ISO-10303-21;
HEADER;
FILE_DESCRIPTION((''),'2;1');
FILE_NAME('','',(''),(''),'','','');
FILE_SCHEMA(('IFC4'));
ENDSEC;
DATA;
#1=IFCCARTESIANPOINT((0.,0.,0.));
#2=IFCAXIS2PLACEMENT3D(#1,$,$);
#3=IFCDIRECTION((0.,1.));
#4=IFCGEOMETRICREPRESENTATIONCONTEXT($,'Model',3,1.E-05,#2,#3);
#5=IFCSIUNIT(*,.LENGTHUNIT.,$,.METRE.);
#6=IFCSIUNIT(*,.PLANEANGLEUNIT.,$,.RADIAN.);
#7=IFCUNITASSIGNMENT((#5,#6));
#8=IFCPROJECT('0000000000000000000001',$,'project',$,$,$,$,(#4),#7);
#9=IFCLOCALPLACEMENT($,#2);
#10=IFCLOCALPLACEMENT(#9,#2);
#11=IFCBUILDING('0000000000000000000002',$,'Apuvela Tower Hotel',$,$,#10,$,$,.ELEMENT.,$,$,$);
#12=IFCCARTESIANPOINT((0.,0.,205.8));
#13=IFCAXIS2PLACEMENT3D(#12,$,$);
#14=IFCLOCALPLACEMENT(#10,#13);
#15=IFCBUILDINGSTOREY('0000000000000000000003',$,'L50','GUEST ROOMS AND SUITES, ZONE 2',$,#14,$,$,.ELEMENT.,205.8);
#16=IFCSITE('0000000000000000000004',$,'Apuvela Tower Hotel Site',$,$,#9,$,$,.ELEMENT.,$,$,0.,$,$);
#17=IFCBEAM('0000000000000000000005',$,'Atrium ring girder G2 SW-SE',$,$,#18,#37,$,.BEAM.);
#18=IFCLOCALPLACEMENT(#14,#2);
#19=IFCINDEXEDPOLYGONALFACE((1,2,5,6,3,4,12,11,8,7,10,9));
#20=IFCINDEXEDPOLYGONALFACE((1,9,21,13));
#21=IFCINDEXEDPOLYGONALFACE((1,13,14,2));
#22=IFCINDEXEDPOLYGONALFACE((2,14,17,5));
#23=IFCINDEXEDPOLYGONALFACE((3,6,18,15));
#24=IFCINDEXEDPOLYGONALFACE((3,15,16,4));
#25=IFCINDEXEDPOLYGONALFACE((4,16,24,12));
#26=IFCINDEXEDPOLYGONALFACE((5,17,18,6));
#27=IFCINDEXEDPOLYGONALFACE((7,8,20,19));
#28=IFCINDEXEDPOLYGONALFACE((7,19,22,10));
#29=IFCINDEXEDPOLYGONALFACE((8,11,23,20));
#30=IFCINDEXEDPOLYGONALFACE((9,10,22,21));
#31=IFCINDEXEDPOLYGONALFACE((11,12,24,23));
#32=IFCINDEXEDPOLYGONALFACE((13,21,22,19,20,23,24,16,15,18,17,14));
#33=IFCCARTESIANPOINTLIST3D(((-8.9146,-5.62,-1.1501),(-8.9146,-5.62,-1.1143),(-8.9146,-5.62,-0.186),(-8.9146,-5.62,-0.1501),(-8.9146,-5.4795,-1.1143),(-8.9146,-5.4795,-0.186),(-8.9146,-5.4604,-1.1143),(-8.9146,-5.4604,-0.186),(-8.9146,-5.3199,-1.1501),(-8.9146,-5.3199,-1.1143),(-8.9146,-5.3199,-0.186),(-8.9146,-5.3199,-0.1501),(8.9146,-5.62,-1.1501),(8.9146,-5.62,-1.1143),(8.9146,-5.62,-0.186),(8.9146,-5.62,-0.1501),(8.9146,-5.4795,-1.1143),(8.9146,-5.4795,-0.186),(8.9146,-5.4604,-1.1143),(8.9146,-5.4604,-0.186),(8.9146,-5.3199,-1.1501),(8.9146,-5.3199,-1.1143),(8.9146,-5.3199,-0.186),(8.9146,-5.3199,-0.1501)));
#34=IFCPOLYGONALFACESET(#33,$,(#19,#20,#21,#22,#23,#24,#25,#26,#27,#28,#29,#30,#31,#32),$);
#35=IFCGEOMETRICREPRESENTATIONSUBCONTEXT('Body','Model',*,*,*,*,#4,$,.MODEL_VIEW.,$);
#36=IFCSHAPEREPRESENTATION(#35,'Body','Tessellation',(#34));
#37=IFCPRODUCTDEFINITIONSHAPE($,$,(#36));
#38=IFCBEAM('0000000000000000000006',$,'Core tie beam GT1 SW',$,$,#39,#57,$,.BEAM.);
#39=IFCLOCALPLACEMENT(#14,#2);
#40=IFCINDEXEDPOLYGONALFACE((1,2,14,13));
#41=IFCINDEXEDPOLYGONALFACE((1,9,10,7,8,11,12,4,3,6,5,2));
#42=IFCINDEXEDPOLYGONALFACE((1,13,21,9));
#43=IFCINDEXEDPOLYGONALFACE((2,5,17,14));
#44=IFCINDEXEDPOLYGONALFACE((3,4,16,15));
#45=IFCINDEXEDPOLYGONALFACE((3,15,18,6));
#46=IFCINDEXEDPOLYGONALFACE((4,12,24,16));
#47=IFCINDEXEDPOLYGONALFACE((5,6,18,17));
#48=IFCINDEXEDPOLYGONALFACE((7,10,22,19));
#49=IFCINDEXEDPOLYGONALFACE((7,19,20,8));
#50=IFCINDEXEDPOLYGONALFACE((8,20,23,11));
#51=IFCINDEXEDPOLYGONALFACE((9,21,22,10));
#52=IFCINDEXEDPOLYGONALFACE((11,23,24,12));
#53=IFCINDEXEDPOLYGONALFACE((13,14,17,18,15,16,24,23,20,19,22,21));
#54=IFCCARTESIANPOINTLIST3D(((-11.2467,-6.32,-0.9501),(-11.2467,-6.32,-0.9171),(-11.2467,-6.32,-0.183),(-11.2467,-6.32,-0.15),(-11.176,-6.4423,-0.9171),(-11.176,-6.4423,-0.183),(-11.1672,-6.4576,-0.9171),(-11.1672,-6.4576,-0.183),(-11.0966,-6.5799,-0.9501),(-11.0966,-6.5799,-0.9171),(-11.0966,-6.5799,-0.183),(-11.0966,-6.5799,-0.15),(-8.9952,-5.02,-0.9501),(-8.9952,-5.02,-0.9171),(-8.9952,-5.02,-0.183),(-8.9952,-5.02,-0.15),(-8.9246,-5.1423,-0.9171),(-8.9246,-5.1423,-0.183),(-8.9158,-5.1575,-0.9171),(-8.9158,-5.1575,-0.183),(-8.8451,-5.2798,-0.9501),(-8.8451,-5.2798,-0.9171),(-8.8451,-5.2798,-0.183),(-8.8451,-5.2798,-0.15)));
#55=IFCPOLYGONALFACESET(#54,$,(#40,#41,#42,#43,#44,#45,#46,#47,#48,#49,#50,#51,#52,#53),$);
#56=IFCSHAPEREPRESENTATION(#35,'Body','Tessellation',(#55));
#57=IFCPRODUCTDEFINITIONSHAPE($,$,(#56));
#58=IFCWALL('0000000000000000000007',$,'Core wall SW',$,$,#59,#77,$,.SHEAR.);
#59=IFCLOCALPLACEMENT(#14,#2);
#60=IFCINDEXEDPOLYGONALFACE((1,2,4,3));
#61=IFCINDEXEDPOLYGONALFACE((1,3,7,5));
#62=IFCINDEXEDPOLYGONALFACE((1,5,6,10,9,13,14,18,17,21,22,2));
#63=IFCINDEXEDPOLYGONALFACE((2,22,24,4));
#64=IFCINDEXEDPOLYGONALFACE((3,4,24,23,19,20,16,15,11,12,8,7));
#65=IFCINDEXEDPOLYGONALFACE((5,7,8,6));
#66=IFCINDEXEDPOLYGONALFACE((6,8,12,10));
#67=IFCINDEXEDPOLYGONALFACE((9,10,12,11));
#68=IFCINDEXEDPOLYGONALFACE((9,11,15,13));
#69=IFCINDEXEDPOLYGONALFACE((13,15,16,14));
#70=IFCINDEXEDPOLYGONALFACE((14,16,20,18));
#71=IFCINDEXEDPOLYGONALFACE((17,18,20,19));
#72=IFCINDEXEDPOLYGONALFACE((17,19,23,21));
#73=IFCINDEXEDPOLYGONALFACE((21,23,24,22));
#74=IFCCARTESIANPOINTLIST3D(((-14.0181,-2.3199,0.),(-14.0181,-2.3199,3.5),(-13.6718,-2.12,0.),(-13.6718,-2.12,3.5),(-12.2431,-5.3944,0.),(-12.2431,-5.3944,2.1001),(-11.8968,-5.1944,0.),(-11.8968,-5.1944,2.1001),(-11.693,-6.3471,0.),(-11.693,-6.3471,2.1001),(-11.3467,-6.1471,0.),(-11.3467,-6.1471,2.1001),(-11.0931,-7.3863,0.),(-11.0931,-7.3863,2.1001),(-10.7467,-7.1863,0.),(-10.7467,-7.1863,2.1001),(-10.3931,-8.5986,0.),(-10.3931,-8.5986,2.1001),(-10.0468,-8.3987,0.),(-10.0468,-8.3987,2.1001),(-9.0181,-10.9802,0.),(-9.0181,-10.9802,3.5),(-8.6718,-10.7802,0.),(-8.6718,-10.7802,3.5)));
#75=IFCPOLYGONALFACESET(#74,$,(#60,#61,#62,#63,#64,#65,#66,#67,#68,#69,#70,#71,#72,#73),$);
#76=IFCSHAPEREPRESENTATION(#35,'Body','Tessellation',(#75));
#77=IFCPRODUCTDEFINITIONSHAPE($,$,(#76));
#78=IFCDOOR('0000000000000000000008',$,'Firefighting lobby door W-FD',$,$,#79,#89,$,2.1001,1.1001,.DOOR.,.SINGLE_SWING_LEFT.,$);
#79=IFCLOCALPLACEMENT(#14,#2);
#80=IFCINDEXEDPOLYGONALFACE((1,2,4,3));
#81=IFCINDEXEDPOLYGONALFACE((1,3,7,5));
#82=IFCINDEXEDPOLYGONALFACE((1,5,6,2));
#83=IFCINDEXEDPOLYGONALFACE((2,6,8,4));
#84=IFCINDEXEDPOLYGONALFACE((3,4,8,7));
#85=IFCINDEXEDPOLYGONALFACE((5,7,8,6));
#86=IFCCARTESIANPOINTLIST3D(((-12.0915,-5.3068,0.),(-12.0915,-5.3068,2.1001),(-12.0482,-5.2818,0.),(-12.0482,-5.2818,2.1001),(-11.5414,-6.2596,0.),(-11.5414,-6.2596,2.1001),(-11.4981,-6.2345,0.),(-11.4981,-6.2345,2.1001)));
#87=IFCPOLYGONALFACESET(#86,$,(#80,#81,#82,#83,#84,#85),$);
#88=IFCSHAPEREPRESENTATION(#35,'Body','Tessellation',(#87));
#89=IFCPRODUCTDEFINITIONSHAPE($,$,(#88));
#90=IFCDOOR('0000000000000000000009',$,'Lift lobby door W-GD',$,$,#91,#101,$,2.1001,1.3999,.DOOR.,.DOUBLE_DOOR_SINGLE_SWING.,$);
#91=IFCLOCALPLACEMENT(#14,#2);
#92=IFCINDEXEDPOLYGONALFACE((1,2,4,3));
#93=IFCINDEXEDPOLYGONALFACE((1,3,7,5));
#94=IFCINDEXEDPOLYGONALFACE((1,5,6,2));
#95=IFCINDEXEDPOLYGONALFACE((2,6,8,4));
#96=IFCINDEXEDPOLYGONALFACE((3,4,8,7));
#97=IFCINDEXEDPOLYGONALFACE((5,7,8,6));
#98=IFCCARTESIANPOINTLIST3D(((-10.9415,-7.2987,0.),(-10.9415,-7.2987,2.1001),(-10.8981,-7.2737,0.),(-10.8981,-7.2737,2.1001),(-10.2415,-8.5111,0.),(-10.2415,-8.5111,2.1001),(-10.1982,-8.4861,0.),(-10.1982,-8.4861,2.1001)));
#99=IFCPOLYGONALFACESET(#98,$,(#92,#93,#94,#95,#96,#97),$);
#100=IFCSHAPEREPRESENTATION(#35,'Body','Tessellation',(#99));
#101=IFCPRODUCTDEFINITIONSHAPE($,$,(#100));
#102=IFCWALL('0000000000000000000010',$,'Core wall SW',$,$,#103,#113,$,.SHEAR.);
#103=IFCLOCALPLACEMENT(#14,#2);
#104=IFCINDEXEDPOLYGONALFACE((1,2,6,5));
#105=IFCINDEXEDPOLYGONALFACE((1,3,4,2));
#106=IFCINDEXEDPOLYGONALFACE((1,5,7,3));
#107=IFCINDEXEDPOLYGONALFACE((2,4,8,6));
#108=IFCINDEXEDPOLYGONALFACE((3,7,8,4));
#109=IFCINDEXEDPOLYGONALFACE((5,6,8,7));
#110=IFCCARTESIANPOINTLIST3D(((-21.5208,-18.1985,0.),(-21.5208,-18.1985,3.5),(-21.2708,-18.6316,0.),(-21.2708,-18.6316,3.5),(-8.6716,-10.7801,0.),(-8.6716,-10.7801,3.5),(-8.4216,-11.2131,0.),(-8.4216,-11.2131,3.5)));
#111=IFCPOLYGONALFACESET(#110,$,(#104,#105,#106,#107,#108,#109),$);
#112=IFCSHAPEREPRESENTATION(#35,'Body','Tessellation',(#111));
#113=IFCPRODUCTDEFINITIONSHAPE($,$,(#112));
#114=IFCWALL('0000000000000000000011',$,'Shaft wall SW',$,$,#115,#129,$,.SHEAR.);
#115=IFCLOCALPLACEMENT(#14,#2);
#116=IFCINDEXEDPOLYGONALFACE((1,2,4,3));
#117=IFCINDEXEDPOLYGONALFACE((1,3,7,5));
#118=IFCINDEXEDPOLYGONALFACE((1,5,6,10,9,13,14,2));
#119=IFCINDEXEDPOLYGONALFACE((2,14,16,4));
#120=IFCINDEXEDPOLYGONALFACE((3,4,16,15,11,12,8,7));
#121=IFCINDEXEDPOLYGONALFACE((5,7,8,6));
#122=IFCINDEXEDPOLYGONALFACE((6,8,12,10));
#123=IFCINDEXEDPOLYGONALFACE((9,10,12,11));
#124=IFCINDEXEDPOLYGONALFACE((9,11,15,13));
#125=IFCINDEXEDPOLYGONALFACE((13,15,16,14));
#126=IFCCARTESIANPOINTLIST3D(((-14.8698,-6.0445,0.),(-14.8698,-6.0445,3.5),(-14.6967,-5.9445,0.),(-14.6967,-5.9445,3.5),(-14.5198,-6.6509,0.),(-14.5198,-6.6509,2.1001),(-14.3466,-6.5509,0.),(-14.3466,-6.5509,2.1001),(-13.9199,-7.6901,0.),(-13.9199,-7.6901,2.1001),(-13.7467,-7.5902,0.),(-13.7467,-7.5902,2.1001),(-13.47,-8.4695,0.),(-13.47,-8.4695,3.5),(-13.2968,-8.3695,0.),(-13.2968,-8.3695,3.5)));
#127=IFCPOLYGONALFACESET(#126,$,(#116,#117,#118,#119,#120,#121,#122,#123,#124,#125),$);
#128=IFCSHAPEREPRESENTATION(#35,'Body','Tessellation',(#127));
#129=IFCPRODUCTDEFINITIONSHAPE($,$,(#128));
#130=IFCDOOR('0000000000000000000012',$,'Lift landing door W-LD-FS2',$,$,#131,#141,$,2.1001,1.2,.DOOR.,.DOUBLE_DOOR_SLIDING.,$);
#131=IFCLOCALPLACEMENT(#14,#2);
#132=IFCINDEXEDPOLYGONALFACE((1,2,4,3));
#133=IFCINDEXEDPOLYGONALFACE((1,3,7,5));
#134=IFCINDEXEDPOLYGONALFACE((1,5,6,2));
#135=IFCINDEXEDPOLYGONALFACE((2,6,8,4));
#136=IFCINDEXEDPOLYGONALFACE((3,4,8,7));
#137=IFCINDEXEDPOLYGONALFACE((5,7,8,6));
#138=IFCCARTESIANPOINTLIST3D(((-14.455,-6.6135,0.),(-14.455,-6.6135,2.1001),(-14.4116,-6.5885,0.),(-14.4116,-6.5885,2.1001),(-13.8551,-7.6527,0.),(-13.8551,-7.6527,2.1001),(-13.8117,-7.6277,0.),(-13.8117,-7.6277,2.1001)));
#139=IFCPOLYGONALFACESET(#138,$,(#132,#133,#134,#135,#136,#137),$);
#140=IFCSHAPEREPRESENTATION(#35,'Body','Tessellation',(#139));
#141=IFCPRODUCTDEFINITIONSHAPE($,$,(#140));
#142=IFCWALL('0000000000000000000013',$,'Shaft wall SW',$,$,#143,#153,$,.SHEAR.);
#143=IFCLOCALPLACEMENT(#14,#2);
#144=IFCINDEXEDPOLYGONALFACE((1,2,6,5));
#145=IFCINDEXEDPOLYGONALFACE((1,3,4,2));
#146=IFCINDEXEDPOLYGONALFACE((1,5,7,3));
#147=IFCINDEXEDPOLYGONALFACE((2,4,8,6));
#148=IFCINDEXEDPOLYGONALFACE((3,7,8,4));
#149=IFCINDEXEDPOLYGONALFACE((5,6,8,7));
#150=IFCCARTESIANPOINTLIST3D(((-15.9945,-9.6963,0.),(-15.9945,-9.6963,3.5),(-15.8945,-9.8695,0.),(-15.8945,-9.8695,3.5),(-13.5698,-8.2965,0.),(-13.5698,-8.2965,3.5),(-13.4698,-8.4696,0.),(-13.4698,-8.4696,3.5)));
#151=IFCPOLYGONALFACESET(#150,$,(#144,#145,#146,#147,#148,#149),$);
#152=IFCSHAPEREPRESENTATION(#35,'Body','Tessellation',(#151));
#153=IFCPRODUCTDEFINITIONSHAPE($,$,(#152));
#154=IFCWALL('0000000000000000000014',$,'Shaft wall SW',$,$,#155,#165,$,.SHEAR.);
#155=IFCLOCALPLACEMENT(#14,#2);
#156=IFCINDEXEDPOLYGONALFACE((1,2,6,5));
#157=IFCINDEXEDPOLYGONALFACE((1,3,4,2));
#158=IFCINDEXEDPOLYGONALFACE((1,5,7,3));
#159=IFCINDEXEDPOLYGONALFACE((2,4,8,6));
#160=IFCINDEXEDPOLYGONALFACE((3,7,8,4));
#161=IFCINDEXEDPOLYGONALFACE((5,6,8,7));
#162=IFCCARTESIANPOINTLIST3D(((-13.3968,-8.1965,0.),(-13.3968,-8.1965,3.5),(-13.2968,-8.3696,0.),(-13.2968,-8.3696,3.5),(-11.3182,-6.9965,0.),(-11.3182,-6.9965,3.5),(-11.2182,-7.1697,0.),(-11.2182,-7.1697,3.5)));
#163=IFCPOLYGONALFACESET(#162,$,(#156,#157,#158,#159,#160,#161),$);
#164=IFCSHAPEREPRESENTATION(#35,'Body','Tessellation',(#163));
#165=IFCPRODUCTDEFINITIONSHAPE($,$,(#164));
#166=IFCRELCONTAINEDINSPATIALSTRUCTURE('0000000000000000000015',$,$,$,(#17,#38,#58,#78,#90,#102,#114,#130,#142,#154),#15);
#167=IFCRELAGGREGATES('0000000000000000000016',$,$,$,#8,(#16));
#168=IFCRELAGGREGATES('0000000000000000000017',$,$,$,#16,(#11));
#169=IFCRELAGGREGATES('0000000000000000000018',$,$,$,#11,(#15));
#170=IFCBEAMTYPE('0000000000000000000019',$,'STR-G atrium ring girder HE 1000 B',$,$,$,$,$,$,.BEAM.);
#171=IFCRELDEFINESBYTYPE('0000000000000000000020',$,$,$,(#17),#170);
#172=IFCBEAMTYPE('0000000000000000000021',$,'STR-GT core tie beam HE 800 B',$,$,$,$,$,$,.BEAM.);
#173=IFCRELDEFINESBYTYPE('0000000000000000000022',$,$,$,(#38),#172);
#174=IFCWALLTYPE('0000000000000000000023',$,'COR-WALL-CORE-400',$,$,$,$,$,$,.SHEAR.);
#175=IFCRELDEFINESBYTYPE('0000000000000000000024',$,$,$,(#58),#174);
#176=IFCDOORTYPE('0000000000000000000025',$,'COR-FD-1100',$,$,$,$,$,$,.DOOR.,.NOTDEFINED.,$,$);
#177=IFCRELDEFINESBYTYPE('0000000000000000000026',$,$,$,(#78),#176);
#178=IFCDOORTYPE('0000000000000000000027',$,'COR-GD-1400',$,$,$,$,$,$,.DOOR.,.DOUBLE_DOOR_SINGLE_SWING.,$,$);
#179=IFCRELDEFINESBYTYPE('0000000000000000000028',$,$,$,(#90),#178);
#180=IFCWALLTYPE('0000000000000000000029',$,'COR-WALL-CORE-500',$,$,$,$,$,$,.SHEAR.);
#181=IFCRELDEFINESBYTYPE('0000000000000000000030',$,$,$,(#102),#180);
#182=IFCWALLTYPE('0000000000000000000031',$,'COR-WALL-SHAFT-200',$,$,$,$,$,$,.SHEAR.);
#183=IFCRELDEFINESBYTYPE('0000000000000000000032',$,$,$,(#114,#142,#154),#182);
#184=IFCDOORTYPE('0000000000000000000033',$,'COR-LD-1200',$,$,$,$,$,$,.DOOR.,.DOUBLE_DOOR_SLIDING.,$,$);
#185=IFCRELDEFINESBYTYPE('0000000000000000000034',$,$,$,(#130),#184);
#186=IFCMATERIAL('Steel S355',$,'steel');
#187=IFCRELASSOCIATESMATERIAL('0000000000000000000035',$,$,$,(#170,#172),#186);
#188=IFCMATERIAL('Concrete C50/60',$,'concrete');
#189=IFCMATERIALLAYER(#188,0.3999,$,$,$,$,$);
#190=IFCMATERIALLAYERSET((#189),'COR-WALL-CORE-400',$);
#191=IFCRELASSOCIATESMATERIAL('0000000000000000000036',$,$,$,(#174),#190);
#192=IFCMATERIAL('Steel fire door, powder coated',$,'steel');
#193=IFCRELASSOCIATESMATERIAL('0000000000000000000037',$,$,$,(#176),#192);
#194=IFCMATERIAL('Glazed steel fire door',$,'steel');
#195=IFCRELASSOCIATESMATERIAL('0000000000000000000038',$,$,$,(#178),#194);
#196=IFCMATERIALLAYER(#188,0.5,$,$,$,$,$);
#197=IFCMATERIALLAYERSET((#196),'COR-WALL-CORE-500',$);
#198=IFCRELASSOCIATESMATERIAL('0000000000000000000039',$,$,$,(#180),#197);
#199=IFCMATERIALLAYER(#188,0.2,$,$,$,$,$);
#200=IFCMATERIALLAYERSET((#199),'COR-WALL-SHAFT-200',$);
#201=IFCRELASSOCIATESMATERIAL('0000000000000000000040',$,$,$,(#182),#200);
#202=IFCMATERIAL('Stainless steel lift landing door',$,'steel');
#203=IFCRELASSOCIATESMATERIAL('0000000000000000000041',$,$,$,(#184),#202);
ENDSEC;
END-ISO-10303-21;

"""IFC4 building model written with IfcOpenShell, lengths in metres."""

from ifc_helpers import new_model, si_unit, direction, frame, frame_2d, origin, origin_2d, place, context, subcontext, project, spatial, rectangle, i_section, extrude, material, layer, layer_set, material_profile, profile_set, type_object, element, fill, save


model = new_model("IFC4")

# Units and contexts
model_context = context("Model", 3, precision=1e-05, world=origin(), true_north=direction((0.0, 1.0)))
body_context = subcontext(model_context, "Body", "Model", "MODEL_VIEW")
ifc_project = project(units=[si_unit("LENGTHUNIT", "METRE"), si_unit("PLANEANGLEUNIT", "RADIAN")], contexts=[model_context])

# Site, building, storey
site_placement = place(None, origin())
site = spatial("IfcSite", under=ifc_project, at=site_placement, Name="Apuvela Tower Hotel Site", CompositionType="ELEMENT", RefElevation=0.0)
building_placement = place(site_placement, origin())
building = spatial("IfcBuilding", under=site, at=building_placement, Name="Apuvela Tower Hotel", CompositionType="ELEMENT")
storey_placement = place(building_placement, frame((0.0, 0.0, 205.8)))
storey = spatial("IfcBuildingStorey", under=building, at=storey_placement, Name="L50", Description="GUEST ROOMS AND SUITES, ZONE 2", CompositionType="ELEMENT", Elevation=205.8)

# Beams
ifc_material_1 = material(Name="Steel S355", Category="steel")
ifc_material_profile_1 = material_profile(ifc_material_1, i_section(OverallWidth=0.3, OverallDepth=1.0, WebThickness=0.019, FlangeThickness=0.0359, at=origin_2d()), Name="HE 1000 B")
ifc_profile_set_1 = profile_set([ifc_material_profile_1], Name="Steel S355")
beam_type_1 = type_object("IfcBeamType", Name="STR-G atrium ring girder HE 1000 B", PredefinedType="BEAM", material=ifc_profile_set_1)
beam_1_placement = place(storey_placement, frame((-8.9146, -5.47, -0.6501), z_axis=(1.0, 0.0, 0.0), x_axis=(0.0, 1.0, 0.0)))
element("IfcBeam", 1, at=beam_1_placement, inside=storey, type_object=beam_type_1, Name="Atrium ring girder G2 SW-SE", PredefinedType="BEAM", context=body_context, shape_type="SweptSolid", body=[
    extrude(i_section(OverallWidth=0.3, OverallDepth=1.0, WebThickness=0.019, FlangeThickness=0.0359, at=origin_2d()), origin(), (0.0, 0.0, 1.0), 17.8291),
])
ifc_material_profile_2 = material_profile(ifc_material_1, i_section(OverallWidth=0.3, OverallDepth=0.8, WebThickness=0.0176, FlangeThickness=0.033, at=origin_2d()), Name="HE 800 B")
ifc_profile_set_2 = profile_set([ifc_material_profile_2], Name="Steel S355")
beam_type_2 = type_object("IfcBeamType", Name="STR-GT core tie beam HE 800 B", PredefinedType="BEAM", material=ifc_profile_set_2)
beam_2_placement = place(storey_placement, frame((-11.1716, -6.45, -0.55), z_axis=(0.865998, 0.500048, 0.0), x_axis=(-0.500048, 0.865998, 0.0)))
element("IfcBeam", 2, at=beam_2_placement, inside=storey, type_object=beam_type_2, Name="Core tie beam GT1 SW", PredefinedType="BEAM", context=body_context, shape_type="SweptSolid", body=[
    extrude(i_section(OverallWidth=0.3, OverallDepth=0.8, WebThickness=0.0176, FlangeThickness=0.033, at=origin_2d()), origin(), (0.0, 0.0, 1.0), 2.5999),
])

# Wall, openings, doors
ifc_material_2 = material(Name="Concrete C50/60", Category="concrete")
ifc_layer_1 = layer(ifc_material_2, 0.3999)
ifc_layer_set_1 = layer_set([ifc_layer_1], Name="COR-WALL-CORE-400")
wall_type_1 = type_object("IfcWallType", Name="COR-WALL-CORE-400", PredefinedType="SHEAR", material=ifc_layer_set_1)
wall_1_placement = place(storey_placement, frame((-13.845, -2.22, 0.0), z_axis=(0.0, 0.0, 1.0), x_axis=(0.500004, -0.866023, 0.0)))
wall_1 = element("IfcWall", 3, at=wall_1_placement, inside=storey, type_object=wall_type_1, Name="Core wall SW", PredefinedType="SHEAR", context=body_context, shape_type="SweptSolid", body=[
    extrude(rectangle(XDim=10.0, YDim=0.3999, at=frame_2d((5.0, 0.0))), origin(), (0.0, 0.0, 1.0), 3.5),
])
opening_1_placement = place(wall_1_placement, frame((3.55, 0.0, 0.0)))
opening_1 = element("IfcOpeningElement", 4, at=opening_1_placement, cuts=wall_1, PredefinedType="OPENING", context=body_context, shape_type="SweptSolid", body=[
    extrude(rectangle(XDim=1.1001, YDim=2.1001, at=frame_2d((0.55, 1.05))), frame((0.0, 0.21, 0.0), z_axis=(0.0, -1.0, 0.0), x_axis=(1.0, 0.0, 0.0)), (0.0, 0.0, 1.0), 0.4199),
])
opening_2_placement = place(wall_1_placement, frame((5.8501, 0.0, 0.0)))
opening_2 = element("IfcOpeningElement", 5, at=opening_2_placement, cuts=wall_1, PredefinedType="OPENING", context=body_context, shape_type="SweptSolid", body=[
    extrude(rectangle(XDim=1.3999, YDim=2.1001, at=frame_2d((0.7, 1.05))), frame((0.0, 0.21, 0.0), z_axis=(0.0, -1.0, 0.0), x_axis=(1.0, 0.0, 0.0)), (0.0, 0.0, 1.0), 0.4199),
])
ifc_material_3 = material(Name="Steel fire door, powder coated", Category="steel")
door_type_1 = type_object("IfcDoorType", Name="COR-FD-1100", OperationType="NOTDEFINED", PredefinedType="DOOR", material=ifc_material_3)
door_1_placement = place(opening_1_placement, frame((1.1001, 0.0, 0.0), z_axis=(0.0, 0.0, 1.0), x_axis=(-1.0, 0.0, 0.0)))
door_1 = element("IfcDoor", 6, at=door_1_placement, inside=storey, type_object=door_type_1, Name="Firefighting lobby door W-FD", OperationType="SINGLE_SWING_LEFT", OverallHeight=2.1001, OverallWidth=1.1001, PredefinedType="DOOR", context=body_context, shape_type="SweptSolid", body=[
    extrude(rectangle(XDim=1.1001, YDim=2.1001, at=frame_2d((0.55, 1.05))), frame((0.0, 0.0249, 0.0), z_axis=(0.0, -1.0, 0.0), x_axis=(1.0, 0.0, 0.0)), (0.0, 0.0, 1.0), 0.05),
])
fill(opening_1, door_1)
ifc_material_4 = material(Name="Glazed steel fire door", Category="steel")
door_type_2 = type_object("IfcDoorType", Name="COR-GD-1400", OperationType="DOUBLE_DOOR_SINGLE_SWING", PredefinedType="DOOR", material=ifc_material_4)
door_2_placement = place(opening_2_placement, frame((1.3999, 0.0, 0.0), z_axis=(0.0, 0.0, 1.0), x_axis=(-1.0, 0.0, 0.0)))
door_2 = element("IfcDoor", 7, at=door_2_placement, inside=storey, type_object=door_type_2, Name="Lift lobby door W-GD", OperationType="DOUBLE_DOOR_SINGLE_SWING", OverallHeight=2.1001, OverallWidth=1.3999, PredefinedType="DOOR", context=body_context, shape_type="SweptSolid", body=[
    extrude(rectangle(XDim=1.3999, YDim=2.1001, at=frame_2d((0.7, 1.05))), frame((0.0, 0.0249, 0.0), z_axis=(0.0, -1.0, 0.0), x_axis=(1.0, 0.0, 0.0)), (0.0, 0.0, 1.0), 0.05),
])
fill(opening_2, door_2)

# Wall
ifc_layer_2 = layer(ifc_material_2, 0.5)
ifc_layer_set_2 = layer_set([ifc_layer_2], Name="COR-WALL-CORE-500")
wall_type_2 = type_object("IfcWallType", Name="COR-WALL-CORE-500", PredefinedType="SHEAR", material=ifc_layer_set_2)
wall_2_placement = place(storey_placement, frame((-8.5466, -10.9966, 0.0), z_axis=(0.0, 0.0, 1.0), x_axis=(-0.866025, -0.500001, 0.0)))
element("IfcWall", 8, at=wall_2_placement, inside=storey, type_object=wall_type_2, Name="Core wall SW", PredefinedType="SHEAR", context=body_context, shape_type="SweptSolid", body=[
    extrude(rectangle(XDim=14.8369, YDim=0.5, at=frame_2d((7.4185, 0.0))), origin(), (0.0, 0.0, 1.0), 3.5),
])

# Wall, opening, door
ifc_layer_3 = layer(ifc_material_2, 0.2)
ifc_layer_set_3 = layer_set([ifc_layer_3], Name="COR-WALL-SHAFT-200")
wall_type_3 = type_object("IfcWallType", Name="COR-WALL-SHAFT-200", PredefinedType="SHEAR", material=ifc_layer_set_3)
wall_3_placement = place(storey_placement, frame((-14.7832, -5.9946, 0.0), z_axis=(0.0, 0.0, 1.0), x_axis=(0.499946, -0.866056, 0.0)))
wall_3 = element("IfcWall", 9, at=wall_3_placement, inside=storey, type_object=wall_type_3, Name="Shaft wall SW", PredefinedType="SHEAR", context=body_context, shape_type="SweptSolid", body=[
    extrude(rectangle(XDim=2.8, YDim=0.2, at=frame_2d((1.3999, 0.0))), origin(), (0.0, 0.0, 1.0), 3.5),
])
opening_3_placement = place(wall_3_placement, frame((0.7, 0.0, 0.0)))
opening_3 = element("IfcOpeningElement", 10, at=opening_3_placement, cuts=wall_3, PredefinedType="OPENING", context=body_context, shape_type="SweptSolid", body=[
    extrude(rectangle(XDim=1.2, YDim=2.1001, at=frame_2d((0.6001, 1.05))), frame((0.0, 0.1099, 0.0), z_axis=(0.0, -1.0, 0.0), x_axis=(1.0, 0.0, 0.0)), (0.0, 0.0, 1.0), 0.22),
])
ifc_material_5 = material(Name="Stainless steel lift landing door", Category="steel")
door_type_3 = type_object("IfcDoorType", Name="COR-LD-1200", OperationType="DOUBLE_DOOR_SLIDING", PredefinedType="DOOR", material=ifc_material_5)
door_3_placement = place(opening_3_placement, origin())
door_3 = element("IfcDoor", 11, at=door_3_placement, inside=storey, type_object=door_type_3, Name="Lift landing door W-LD-FS2", OperationType="DOUBLE_DOOR_SLIDING", OverallHeight=2.1001, OverallWidth=1.2, PredefinedType="DOOR", context=body_context, shape_type="SweptSolid", body=[
    extrude(rectangle(XDim=1.2, YDim=2.1001, at=frame_2d((0.6001, 1.05))), frame((0.0, 0.0249, 0.0), z_axis=(0.0, -1.0, 0.0), x_axis=(1.0, 0.0, 0.0)), (0.0, 0.0, 1.0), 0.05),
])
fill(opening_3, door_3)

# Walls
wall_4_placement = place(storey_placement, frame((-13.5198, -8.3831, 0.0), z_axis=(0.0, 0.0, 1.0), x_axis=(-0.866035, -0.499984, 0.0)))
element("IfcWall", 12, at=wall_4_placement, inside=storey, type_object=wall_type_3, Name="Shaft wall SW", PredefinedType="SHEAR", context=body_context, shape_type="SweptSolid", body=[
    extrude(rectangle(XDim=2.7998, YDim=0.2, at=frame_2d((1.3999, 0.0))), origin(), (0.0, 0.0, 1.0), 3.5),
])
wall_5_placement = place(storey_placement, frame((-11.2681, -7.083, 0.0), z_axis=(0.0, 0.0, 1.0), x_axis=(-0.86605, -0.499957, 0.0)))
element("IfcWall", 13, at=wall_5_placement, inside=storey, type_object=wall_type_3, Name="Shaft wall SW", PredefinedType="SHEAR", context=body_context, shape_type="SweptSolid", body=[
    extrude(rectangle(XDim=2.4001, YDim=0.2, at=frame_2d((1.2002, 0.0))), origin(), (0.0, 0.0, 1.0), 3.5),
])

save(model, "model.ifc")
